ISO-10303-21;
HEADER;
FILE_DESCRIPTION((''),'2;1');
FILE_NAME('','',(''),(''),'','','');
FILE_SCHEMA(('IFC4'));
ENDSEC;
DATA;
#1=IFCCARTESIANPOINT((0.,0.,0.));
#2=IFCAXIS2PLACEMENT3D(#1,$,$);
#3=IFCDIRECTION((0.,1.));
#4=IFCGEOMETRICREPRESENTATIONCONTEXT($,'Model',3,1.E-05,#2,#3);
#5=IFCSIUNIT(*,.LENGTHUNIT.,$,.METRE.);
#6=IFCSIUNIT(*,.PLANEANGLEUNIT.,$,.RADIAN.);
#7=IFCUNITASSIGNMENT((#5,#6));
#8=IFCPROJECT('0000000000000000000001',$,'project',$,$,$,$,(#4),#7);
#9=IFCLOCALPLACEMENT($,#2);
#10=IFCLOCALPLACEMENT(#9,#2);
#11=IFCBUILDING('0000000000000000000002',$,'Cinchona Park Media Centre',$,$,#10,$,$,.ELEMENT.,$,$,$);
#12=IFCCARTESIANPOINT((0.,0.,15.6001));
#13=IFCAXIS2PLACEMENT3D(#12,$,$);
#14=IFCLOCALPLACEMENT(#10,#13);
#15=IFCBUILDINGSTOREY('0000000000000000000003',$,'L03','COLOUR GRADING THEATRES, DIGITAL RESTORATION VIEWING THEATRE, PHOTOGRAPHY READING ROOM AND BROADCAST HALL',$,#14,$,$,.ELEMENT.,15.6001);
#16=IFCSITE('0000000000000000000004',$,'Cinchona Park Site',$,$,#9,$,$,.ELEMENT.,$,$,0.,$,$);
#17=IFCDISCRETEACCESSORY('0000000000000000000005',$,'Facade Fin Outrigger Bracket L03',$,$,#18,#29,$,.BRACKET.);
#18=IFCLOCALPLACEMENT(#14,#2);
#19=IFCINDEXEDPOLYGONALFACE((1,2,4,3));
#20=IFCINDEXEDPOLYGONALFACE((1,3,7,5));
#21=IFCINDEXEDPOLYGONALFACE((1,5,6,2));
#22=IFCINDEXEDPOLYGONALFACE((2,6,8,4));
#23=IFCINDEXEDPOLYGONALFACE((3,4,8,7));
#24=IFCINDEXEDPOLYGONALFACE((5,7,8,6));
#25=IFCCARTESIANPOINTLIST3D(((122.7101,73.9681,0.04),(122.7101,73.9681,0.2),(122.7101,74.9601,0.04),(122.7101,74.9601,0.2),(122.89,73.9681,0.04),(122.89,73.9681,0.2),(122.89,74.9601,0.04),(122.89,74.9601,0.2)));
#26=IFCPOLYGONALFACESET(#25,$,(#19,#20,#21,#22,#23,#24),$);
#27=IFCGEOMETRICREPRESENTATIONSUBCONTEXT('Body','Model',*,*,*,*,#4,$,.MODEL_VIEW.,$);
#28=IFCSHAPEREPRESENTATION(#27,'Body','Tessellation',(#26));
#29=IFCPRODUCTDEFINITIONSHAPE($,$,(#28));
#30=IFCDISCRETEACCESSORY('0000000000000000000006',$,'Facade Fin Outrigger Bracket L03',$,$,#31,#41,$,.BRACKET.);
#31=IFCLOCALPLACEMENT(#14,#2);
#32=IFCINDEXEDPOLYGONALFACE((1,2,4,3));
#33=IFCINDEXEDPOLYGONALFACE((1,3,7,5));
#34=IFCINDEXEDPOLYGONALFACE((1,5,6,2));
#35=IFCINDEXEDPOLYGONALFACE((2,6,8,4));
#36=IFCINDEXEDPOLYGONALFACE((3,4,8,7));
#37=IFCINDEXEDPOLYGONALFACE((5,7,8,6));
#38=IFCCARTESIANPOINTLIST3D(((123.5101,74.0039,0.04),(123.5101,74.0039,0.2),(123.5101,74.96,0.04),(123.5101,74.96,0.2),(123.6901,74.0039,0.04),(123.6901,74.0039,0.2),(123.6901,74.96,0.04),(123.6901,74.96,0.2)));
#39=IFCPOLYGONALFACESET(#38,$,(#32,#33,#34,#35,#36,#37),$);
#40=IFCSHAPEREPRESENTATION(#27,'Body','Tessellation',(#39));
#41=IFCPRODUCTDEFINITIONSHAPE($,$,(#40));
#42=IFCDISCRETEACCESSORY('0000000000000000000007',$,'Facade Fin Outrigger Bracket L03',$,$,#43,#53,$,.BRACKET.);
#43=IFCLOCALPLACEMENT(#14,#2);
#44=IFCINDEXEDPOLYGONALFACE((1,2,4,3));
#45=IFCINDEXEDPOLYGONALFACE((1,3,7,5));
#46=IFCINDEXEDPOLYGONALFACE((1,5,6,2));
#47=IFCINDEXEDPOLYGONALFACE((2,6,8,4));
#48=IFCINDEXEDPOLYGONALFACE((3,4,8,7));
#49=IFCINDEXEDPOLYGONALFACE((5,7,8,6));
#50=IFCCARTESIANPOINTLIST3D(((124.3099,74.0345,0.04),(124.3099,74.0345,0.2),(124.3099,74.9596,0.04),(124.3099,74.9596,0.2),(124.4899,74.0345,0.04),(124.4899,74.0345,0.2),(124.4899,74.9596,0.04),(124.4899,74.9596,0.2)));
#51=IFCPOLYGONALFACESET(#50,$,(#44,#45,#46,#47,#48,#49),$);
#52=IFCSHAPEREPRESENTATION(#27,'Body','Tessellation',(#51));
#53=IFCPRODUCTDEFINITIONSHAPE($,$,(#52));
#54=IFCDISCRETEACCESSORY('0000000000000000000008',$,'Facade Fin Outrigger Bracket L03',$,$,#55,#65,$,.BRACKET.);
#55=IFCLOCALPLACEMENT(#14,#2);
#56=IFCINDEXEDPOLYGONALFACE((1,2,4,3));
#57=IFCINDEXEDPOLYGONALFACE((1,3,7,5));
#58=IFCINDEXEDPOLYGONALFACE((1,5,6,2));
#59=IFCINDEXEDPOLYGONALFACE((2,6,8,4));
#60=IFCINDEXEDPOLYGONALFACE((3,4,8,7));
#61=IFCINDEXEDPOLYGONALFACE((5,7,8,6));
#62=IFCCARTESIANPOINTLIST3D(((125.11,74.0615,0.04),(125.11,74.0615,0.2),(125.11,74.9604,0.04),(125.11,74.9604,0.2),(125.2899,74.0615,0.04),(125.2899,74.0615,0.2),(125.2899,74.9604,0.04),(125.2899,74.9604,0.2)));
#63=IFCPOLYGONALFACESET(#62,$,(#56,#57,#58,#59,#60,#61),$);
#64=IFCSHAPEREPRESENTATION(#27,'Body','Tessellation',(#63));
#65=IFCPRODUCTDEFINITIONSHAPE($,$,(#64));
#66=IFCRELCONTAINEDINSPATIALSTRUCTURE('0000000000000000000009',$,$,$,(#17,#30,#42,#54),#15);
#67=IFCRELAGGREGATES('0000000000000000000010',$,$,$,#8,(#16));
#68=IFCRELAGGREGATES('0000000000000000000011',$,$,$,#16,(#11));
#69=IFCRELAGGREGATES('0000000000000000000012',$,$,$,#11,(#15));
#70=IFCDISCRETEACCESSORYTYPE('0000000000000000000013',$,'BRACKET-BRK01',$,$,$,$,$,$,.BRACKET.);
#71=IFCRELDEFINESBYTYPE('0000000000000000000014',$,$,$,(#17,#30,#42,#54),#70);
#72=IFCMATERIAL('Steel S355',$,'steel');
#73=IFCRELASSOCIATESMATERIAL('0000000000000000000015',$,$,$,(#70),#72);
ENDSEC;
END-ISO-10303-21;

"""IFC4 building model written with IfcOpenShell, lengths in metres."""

from ifc_helpers import new_model, si_unit, direction, frame, origin, origin_2d, place, context, subcontext, project, spatial, rectangle, extrude, material, type_object, element, save


model = new_model("IFC4")

# Units and contexts
model_context = context("Model", 3, precision=1e-05, world=origin(), true_north=direction((0.0, 1.0)))
body_context = subcontext(model_context, "Body", "Model", "MODEL_VIEW")
ifc_project = project(units=[si_unit("LENGTHUNIT", "METRE"), si_unit("PLANEANGLEUNIT", "RADIAN")], contexts=[model_context])

# Site, building, storey
site_placement = place(None, origin())
site = spatial("IfcSite", under=ifc_project, at=site_placement, Name="Cinchona Park Site", CompositionType="ELEMENT", RefElevation=0.0)
building_placement = place(site_placement, origin())
building = spatial("IfcBuilding", under=site, at=building_placement, Name="Cinchona Park Media Centre", CompositionType="ELEMENT")
storey_placement = place(building_placement, frame((0.0, 0.0, 15.6001)))
storey = spatial("IfcBuildingStorey", under=building, at=storey_placement, Name="L03", Description="COLOUR GRADING THEATRES, DIGITAL RESTORATION VIEWING THEATRE, PHOTOGRAPHY READING ROOM AND BROADCAST HALL", CompositionType="ELEMENT", Elevation=15.6001)

# Discrete accessories
ifc_material_1 = material(Name="Steel S355", Category="steel")
discrete_accessory_type = type_object("IfcDiscreteAccessoryType", Name="BRACKET-BRK01", PredefinedType="BRACKET", material=ifc_material_1)
discrete_accessory_1_placement = place(storey_placement, frame((122.8, 74.4641, 0.04), z_axis=(0.0, 0.0, 1.0), x_axis=(1.0, 0.0, 0.0)))
element("IfcDiscreteAccessory", 1, at=discrete_accessory_1_placement, inside=storey, type_object=discrete_accessory_type, Name="Facade Fin Outrigger Bracket L03", PredefinedType="BRACKET", context=body_context, shape_type="SweptSolid", body=[
    extrude(rectangle(XDim=0.1799, YDim=0.9919, at=origin_2d()), origin(), (0.0, 0.0, 1.0), 0.1599),
])
discrete_accessory_2_placement = place(storey_placement, frame((123.6001, 74.4819, 0.04), z_axis=(0.0, 0.0, 1.0), x_axis=(1.0, 0.0, 0.0)))
element("IfcDiscreteAccessory", 2, at=discrete_accessory_2_placement, inside=storey, type_object=discrete_accessory_type, Name="Facade Fin Outrigger Bracket L03", PredefinedType="BRACKET", context=body_context, shape_type="SweptSolid", body=[
    extrude(rectangle(XDim=0.1799, YDim=0.9561, at=origin_2d()), origin(), (0.0, 0.0, 1.0), 0.1599),
])
discrete_accessory_3_placement = place(storey_placement, frame((124.3999, 74.4971, 0.04), z_axis=(0.0, 0.0, 1.0), x_axis=(1.0, 0.0, 0.0)))
element("IfcDiscreteAccessory", 3, at=discrete_accessory_3_placement, inside=storey, type_object=discrete_accessory_type, Name="Facade Fin Outrigger Bracket L03", PredefinedType="BRACKET", context=body_context, shape_type="SweptSolid", body=[
    extrude(rectangle(XDim=0.1799, YDim=0.925, at=origin_2d()), origin(), (0.0, 0.0, 1.0), 0.1599),
])
discrete_accessory_4_placement = place(storey_placement, frame((125.2, 74.511, 0.04), z_axis=(0.0, 0.0, 1.0), x_axis=(1.0, 0.0, 0.0)))
element("IfcDiscreteAccessory", 4, at=discrete_accessory_4_placement, inside=storey, type_object=discrete_accessory_type, Name="Facade Fin Outrigger Bracket L03", PredefinedType="BRACKET", context=body_context, shape_type="SweptSolid", body=[
    extrude(rectangle(XDim=0.1799, YDim=0.8989, at=origin_2d()), origin(), (0.0, 0.0, 1.0), 0.1599),
])

save(model, "model.ifc")
